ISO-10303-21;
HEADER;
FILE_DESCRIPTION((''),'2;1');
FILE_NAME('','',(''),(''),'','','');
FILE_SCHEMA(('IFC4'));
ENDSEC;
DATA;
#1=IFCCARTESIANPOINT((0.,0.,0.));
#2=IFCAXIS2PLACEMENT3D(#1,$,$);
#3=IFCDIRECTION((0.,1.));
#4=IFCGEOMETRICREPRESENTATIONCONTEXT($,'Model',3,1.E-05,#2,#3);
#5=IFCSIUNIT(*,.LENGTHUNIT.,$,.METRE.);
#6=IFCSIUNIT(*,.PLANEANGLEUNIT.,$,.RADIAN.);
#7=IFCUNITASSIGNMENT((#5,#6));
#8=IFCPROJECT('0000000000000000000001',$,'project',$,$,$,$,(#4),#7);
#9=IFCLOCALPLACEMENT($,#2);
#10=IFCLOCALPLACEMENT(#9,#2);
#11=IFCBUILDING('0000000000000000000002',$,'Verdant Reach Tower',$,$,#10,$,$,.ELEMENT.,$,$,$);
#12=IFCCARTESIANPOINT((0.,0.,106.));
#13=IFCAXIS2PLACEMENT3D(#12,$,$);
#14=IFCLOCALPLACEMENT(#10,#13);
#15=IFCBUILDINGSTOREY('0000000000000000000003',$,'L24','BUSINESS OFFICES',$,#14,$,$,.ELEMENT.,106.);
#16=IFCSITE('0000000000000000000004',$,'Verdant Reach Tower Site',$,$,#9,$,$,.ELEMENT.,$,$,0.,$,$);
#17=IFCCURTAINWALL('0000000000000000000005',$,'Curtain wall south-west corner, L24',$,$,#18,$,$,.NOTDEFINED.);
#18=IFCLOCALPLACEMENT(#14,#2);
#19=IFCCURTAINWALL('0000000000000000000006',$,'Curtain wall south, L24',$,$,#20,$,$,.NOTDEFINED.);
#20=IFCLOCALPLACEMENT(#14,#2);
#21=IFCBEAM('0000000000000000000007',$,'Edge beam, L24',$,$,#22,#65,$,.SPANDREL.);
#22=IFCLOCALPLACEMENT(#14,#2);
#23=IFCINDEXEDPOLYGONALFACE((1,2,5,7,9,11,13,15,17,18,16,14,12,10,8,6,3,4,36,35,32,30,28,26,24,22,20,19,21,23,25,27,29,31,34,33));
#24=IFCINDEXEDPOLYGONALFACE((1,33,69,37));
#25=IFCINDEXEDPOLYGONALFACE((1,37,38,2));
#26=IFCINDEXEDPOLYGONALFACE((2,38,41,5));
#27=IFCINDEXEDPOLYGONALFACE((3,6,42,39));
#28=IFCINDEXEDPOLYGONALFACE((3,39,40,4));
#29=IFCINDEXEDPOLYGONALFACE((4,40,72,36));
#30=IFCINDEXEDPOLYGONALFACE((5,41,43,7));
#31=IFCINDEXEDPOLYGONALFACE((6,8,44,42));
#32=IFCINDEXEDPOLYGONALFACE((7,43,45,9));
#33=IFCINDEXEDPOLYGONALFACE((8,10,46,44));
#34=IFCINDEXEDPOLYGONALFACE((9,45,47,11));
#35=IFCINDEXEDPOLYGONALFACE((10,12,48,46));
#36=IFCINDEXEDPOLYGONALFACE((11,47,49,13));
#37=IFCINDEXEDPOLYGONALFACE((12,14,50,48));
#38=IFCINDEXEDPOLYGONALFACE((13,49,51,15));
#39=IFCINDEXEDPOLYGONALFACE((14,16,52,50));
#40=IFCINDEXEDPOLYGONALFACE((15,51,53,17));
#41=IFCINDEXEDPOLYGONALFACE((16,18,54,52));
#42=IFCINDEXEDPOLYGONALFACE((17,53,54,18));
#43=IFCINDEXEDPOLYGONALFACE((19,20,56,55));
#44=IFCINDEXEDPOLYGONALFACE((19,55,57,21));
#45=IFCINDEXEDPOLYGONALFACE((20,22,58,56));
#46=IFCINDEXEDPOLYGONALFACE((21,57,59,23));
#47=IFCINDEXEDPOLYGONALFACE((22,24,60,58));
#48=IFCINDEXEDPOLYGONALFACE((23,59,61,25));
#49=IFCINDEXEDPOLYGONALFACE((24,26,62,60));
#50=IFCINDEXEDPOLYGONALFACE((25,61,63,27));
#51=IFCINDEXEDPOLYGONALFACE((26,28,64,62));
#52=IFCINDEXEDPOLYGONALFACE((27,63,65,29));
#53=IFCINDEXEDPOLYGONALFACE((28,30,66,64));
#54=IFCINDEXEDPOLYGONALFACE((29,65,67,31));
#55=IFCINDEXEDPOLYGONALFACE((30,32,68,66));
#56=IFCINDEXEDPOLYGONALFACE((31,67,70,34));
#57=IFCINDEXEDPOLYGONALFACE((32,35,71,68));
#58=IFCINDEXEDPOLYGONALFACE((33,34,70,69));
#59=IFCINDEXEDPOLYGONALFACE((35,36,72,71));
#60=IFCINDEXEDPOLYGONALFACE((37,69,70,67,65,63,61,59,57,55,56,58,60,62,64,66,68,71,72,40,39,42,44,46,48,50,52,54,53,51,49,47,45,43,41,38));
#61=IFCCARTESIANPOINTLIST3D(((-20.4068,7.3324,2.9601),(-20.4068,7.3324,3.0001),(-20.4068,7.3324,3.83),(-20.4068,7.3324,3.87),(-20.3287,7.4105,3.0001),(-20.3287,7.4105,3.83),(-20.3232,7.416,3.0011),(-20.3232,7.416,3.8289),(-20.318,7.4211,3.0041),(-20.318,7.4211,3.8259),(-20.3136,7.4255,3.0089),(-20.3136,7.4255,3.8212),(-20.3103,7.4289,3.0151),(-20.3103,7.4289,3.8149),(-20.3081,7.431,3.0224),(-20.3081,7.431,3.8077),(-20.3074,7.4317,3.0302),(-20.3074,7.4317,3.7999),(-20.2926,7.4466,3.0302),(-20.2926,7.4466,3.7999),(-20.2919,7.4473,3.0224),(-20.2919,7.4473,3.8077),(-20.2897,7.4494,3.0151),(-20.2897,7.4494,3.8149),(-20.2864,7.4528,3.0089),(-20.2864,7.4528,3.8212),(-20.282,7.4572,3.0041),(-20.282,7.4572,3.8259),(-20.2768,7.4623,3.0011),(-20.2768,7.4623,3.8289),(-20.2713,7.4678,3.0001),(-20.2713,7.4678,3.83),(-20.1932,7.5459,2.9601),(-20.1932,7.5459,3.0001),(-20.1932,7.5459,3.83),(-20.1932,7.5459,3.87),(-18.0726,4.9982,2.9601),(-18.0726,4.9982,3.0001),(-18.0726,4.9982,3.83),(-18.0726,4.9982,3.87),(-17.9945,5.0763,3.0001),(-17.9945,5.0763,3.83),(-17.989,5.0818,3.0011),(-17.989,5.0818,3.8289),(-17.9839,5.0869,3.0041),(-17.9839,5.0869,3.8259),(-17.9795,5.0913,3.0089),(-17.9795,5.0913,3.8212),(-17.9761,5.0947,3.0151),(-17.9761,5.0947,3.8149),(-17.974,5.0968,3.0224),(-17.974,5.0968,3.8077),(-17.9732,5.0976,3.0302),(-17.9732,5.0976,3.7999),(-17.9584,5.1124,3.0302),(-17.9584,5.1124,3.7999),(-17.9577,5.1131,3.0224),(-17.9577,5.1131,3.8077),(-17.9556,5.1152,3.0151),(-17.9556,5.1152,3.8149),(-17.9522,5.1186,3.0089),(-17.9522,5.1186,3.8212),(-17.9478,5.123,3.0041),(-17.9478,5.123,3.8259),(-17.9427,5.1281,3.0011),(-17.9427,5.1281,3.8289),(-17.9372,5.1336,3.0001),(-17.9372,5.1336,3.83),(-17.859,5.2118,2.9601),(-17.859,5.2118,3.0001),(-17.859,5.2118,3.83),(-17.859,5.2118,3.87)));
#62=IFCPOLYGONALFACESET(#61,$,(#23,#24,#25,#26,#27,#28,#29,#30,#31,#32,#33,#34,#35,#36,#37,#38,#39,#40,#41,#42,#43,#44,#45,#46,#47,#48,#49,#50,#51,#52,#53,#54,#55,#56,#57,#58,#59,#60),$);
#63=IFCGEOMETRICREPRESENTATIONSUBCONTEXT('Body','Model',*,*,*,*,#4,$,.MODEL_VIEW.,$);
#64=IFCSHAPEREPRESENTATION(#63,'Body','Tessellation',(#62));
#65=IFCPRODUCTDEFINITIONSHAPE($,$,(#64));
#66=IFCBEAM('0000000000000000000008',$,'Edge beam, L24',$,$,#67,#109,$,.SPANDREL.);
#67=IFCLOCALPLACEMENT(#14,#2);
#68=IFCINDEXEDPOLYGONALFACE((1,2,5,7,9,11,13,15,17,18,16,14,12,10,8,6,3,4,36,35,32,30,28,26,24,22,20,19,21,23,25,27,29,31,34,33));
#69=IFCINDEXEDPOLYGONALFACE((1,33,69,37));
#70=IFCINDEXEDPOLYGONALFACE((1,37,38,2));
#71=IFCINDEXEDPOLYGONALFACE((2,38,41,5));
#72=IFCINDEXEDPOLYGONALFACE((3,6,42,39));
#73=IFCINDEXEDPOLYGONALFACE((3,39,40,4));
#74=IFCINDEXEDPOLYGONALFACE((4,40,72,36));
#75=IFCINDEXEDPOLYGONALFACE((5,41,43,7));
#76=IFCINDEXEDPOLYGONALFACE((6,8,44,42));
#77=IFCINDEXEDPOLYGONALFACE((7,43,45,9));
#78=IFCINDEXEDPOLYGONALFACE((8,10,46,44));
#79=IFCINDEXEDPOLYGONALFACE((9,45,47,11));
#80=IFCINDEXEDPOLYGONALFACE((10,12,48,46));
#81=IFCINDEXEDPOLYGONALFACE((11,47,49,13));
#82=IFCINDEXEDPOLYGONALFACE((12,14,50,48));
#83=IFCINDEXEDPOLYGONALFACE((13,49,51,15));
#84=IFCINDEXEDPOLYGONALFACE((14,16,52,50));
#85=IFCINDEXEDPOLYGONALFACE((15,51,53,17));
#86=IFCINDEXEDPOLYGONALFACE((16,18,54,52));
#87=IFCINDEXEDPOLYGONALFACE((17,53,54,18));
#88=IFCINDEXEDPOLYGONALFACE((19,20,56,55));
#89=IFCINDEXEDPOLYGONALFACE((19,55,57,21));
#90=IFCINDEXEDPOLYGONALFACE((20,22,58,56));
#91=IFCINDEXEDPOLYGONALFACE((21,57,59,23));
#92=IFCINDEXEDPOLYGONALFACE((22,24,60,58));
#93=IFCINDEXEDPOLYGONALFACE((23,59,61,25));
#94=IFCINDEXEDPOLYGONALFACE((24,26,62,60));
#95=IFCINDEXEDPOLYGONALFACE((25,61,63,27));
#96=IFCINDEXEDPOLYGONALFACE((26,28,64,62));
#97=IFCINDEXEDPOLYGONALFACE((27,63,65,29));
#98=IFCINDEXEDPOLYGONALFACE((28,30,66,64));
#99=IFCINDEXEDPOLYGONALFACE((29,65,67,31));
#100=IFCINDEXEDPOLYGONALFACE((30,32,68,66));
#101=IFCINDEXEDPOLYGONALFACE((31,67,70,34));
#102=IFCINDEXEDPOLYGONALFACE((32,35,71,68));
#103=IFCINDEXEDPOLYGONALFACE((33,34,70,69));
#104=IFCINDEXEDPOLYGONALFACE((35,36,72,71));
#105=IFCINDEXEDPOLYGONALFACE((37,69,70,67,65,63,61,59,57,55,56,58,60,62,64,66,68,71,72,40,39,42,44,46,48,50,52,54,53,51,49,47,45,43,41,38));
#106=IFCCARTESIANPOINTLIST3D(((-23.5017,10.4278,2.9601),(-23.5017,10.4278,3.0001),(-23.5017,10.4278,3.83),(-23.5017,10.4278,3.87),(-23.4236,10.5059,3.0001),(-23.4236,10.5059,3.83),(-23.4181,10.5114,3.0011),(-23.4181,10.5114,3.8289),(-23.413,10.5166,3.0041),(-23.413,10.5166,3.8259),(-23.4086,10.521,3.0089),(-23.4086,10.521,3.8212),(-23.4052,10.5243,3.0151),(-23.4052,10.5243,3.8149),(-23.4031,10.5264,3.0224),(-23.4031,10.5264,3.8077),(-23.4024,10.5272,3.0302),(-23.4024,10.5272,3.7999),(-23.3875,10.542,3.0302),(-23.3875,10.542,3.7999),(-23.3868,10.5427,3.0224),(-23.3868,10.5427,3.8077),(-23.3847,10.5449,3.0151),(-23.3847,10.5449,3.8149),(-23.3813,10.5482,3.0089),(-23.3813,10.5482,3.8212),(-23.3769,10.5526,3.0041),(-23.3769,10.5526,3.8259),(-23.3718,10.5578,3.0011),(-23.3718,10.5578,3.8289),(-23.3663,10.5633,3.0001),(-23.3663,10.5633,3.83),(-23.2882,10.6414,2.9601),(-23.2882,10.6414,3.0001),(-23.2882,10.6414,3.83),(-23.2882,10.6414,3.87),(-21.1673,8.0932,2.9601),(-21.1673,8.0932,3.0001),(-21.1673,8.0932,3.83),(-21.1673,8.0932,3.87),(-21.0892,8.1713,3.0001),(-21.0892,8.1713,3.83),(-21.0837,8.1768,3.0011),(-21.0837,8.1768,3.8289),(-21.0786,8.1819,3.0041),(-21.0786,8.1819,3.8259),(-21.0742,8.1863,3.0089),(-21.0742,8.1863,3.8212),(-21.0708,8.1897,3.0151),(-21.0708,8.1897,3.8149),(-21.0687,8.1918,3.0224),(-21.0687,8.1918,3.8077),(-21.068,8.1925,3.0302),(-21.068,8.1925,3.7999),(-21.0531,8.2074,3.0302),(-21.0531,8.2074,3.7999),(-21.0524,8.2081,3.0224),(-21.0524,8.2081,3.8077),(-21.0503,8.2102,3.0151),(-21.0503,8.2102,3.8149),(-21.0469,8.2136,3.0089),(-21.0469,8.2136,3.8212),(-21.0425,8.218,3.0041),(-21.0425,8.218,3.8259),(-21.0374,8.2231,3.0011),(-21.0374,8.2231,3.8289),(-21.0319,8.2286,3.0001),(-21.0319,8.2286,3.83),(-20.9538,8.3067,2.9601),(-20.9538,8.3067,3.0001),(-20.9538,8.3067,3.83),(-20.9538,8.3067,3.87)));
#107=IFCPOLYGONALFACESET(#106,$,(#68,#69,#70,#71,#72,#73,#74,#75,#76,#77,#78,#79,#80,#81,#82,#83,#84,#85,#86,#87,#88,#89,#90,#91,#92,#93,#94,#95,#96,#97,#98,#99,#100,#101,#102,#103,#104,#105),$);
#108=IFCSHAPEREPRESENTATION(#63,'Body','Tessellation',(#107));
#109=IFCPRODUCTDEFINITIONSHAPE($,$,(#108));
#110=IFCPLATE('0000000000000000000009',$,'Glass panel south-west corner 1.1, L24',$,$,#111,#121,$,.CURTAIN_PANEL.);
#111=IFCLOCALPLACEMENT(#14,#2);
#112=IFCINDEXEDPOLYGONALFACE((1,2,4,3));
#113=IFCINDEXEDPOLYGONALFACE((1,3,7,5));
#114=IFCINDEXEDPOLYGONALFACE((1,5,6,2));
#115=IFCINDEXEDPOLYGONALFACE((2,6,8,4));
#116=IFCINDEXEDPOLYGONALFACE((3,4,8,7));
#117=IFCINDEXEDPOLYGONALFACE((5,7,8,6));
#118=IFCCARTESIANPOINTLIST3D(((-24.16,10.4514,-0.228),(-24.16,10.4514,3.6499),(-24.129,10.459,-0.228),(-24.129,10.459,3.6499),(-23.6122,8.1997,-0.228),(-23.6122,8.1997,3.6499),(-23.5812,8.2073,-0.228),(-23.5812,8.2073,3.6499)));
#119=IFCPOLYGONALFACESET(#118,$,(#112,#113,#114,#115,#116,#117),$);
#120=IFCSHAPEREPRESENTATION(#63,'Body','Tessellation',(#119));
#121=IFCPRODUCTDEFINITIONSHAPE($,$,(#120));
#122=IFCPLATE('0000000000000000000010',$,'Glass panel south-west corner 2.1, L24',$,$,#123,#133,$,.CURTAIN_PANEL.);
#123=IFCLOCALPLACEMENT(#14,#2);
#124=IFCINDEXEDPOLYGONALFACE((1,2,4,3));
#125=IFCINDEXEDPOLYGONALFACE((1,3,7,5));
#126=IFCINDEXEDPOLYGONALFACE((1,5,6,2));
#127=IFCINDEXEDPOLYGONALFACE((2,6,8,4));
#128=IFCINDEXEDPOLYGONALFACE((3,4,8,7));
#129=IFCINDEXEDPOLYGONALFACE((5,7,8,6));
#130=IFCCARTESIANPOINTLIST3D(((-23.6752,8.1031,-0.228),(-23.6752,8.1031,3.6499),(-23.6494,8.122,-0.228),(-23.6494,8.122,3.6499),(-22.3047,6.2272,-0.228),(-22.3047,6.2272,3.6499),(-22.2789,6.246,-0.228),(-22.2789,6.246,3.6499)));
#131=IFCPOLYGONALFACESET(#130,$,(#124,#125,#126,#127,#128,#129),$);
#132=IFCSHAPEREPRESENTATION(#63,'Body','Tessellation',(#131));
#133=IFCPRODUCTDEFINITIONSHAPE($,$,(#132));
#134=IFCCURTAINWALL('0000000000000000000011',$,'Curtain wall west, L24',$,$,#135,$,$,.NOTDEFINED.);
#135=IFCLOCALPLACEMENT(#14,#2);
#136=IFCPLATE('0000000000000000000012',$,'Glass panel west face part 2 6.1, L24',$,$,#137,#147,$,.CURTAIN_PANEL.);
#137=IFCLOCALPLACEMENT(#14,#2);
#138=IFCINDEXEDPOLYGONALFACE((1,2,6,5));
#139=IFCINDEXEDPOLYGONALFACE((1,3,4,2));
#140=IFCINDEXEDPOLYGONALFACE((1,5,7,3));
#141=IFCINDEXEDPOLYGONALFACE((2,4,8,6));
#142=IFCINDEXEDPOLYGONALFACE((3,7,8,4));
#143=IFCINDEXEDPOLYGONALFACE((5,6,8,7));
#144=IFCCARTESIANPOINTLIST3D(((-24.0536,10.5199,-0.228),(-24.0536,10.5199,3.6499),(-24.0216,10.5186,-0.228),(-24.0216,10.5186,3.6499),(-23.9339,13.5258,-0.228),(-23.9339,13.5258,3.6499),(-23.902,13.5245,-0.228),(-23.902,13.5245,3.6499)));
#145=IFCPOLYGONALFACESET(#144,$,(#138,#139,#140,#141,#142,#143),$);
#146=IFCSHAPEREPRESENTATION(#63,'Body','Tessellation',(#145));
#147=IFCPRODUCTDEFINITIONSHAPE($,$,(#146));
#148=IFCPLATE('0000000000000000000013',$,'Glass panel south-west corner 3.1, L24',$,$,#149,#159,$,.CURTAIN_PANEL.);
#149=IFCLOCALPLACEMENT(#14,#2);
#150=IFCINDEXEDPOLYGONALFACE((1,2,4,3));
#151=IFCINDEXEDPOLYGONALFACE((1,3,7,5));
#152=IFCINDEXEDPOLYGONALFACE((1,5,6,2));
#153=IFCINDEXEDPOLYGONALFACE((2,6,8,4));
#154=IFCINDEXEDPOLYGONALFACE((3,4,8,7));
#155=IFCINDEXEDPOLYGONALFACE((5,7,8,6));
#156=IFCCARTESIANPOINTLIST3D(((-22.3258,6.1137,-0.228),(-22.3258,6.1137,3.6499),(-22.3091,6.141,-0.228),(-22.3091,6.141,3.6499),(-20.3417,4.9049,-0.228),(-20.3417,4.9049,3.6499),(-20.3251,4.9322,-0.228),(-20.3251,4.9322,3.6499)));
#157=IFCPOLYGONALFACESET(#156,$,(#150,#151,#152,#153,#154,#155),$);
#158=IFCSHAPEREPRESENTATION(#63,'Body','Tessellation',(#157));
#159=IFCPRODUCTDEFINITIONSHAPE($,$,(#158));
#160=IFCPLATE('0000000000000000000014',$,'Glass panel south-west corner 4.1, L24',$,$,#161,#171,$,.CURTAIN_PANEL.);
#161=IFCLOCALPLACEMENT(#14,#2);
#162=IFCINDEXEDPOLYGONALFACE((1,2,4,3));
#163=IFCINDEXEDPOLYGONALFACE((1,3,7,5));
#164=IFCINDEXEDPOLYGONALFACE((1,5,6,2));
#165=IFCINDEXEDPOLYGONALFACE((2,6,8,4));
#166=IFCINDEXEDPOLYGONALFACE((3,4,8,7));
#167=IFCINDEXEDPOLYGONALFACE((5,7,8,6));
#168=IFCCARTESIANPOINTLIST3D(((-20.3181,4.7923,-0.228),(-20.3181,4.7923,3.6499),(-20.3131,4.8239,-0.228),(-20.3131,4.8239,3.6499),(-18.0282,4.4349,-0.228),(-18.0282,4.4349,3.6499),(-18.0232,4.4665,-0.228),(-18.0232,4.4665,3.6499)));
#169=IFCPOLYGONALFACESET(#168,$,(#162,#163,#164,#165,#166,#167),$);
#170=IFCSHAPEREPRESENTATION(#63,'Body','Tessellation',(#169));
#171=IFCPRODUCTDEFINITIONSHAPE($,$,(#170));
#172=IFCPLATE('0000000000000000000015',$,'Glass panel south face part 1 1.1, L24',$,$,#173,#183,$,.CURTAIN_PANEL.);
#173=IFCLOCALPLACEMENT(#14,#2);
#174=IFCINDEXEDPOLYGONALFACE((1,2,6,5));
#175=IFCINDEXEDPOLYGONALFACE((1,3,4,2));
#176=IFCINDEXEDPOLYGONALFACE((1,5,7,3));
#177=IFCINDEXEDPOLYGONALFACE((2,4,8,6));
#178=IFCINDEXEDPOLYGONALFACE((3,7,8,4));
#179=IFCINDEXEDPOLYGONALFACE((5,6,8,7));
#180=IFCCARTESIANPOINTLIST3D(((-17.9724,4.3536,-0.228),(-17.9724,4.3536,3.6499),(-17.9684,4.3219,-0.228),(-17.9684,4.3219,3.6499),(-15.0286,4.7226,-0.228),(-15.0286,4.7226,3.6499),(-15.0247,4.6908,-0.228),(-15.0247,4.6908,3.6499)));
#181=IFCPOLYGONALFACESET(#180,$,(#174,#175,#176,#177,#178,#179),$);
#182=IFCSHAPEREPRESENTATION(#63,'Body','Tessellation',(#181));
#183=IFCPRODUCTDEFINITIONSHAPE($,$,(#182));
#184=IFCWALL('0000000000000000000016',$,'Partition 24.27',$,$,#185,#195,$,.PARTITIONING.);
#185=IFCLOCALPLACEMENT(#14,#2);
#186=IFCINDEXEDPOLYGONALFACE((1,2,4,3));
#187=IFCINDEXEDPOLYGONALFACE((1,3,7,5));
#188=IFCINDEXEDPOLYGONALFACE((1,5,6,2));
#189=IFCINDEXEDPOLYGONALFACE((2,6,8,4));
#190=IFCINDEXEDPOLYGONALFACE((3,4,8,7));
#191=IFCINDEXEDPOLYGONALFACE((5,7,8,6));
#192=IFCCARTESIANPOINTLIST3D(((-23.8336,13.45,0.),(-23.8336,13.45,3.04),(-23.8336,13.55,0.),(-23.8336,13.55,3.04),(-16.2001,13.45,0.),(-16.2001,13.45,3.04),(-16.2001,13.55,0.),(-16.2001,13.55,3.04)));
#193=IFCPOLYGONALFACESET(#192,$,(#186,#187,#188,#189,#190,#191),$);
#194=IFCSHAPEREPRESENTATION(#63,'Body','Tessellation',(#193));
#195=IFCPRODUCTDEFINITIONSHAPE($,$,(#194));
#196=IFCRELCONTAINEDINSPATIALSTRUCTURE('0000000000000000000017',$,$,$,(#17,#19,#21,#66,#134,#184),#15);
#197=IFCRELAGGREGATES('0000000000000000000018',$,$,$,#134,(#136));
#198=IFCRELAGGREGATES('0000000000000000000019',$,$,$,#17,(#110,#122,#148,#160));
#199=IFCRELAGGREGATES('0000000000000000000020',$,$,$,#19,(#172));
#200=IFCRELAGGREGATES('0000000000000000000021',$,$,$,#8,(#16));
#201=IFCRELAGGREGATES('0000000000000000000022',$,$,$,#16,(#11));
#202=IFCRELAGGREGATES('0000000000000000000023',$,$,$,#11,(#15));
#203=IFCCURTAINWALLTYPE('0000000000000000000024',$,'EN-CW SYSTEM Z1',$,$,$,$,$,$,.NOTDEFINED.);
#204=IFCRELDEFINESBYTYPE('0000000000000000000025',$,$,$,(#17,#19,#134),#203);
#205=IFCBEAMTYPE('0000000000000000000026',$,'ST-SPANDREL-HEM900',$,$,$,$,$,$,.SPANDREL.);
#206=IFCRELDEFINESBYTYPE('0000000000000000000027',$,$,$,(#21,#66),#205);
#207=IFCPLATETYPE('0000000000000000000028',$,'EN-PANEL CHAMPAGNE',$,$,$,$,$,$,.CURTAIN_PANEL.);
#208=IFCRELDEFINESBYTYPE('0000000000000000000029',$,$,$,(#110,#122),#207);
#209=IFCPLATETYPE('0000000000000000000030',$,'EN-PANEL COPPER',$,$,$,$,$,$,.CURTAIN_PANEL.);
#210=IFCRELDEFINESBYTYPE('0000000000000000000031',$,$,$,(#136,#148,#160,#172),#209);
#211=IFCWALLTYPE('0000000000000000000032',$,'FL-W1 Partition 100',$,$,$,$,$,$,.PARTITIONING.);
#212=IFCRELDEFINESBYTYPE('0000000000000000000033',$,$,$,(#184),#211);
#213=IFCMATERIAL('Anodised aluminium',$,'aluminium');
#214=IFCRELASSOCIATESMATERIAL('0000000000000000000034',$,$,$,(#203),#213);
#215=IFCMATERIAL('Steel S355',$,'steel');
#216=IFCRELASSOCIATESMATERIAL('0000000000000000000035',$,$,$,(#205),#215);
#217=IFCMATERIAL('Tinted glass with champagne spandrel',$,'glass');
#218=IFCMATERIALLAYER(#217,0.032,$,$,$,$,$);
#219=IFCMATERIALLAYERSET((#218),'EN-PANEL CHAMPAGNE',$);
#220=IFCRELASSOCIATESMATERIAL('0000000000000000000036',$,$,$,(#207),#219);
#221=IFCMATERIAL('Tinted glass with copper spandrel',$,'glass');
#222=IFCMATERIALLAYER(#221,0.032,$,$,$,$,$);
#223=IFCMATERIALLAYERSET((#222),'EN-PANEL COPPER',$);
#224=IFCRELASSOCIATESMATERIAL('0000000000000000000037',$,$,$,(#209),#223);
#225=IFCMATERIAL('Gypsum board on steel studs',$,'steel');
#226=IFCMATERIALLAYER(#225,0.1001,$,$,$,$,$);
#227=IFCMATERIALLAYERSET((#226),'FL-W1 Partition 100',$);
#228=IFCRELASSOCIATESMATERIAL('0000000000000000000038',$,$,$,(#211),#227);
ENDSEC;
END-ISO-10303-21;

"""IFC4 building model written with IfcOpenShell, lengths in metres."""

from ifc_helpers import new_model, si_unit, direction, frame, frame_2d, origin, origin_2d, place, context, subcontext, project, spatial, rectangle, i_section, extrude, material, layer, layer_set, material_profile, profile_set, type_object, element, aggregate, save


model = new_model("IFC4")

# Units and contexts
model_context = context("Model", 3, precision=1e-05, world=origin(), true_north=direction((0.0, 1.0)))
body_context = subcontext(model_context, "Body", "Model", "MODEL_VIEW")
ifc_project = project(units=[si_unit("LENGTHUNIT", "METRE"), si_unit("PLANEANGLEUNIT", "RADIAN")], contexts=[model_context])

# Site, building, storey
site_placement = place(None, origin())
site = spatial("IfcSite", under=ifc_project, at=site_placement, Name="Verdant Reach Tower Site", CompositionType="ELEMENT", RefElevation=0.0)
building_placement = place(site_placement, origin())
building = spatial("IfcBuilding", under=site, at=building_placement, Name="Verdant Reach Tower", CompositionType="ELEMENT")
storey_placement = place(building_placement, frame((0.0, 0.0, 106.0)))
storey = spatial("IfcBuildingStorey", under=building, at=storey_placement, Name="L24", Description="BUSINESS OFFICES", CompositionType="ELEMENT", Elevation=106.0)

# Curtain walls
ifc_material_1 = material(Name="Anodised aluminium", Category="aluminium")
curtain_wall_type = type_object("IfcCurtainWallType", Name="EN-CW SYSTEM Z1", PredefinedType="NOTDEFINED", material=ifc_material_1)
curtain_wall_1_placement = place(storey_placement, origin())
curtain_wall_1 = element("IfcCurtainWall", 1, at=curtain_wall_1_placement, inside=storey, type_object=curtain_wall_type, Name="Curtain wall south-west corner, L24", PredefinedType="NOTDEFINED")
curtain_wall_2_placement = place(storey_placement, origin())
curtain_wall_2 = element("IfcCurtainWall", 2, at=curtain_wall_2_placement, inside=storey, type_object=curtain_wall_type, Name="Curtain wall south, L24", PredefinedType="NOTDEFINED")

# Beams
ifc_material_2 = material(Name="Steel S355", Category="steel")
ifc_material_profile_1 = material_profile(ifc_material_2, i_section(OverallWidth=0.302, OverallDepth=0.9099, WebThickness=0.021, FlangeThickness=0.04, FilletRadius=0.03, at=origin_2d()), Name="HEM 900")
ifc_profile_set_1 = profile_set([ifc_material_profile_1], Name="Steel S355")
beam_type_1 = type_object("IfcBeamType", Name="ST-SPANDREL-HEM900", PredefinedType="SPANDREL", material=ifc_profile_set_1)
beam_1_placement = place(storey_placement, frame((-17.9658, 5.105, 3.415), z_axis=(-0.707107, 0.707107, 0.0), x_axis=(-0.707107, -0.707107, 0.0)))
element("IfcBeam", 3, at=beam_1_placement, inside=storey, type_object=beam_type_1, Name="Edge beam, L24", PredefinedType="SPANDREL", context=body_context, shape_type="SweptSolid", body=[
    extrude(i_section(OverallWidth=0.302, OverallDepth=0.9099, WebThickness=0.021, FlangeThickness=0.04, FilletRadius=0.03, at=origin_2d()), origin(), (0.0, 0.0, 1.0), 3.301),
])
beam_2_placement = place(storey_placement, frame((-21.0605, 8.2, 3.415), z_axis=(-0.70707, 0.707144, 0.0), x_axis=(-0.707144, -0.70707, 0.0)))
element("IfcBeam", 4, at=beam_2_placement, inside=storey, type_object=beam_type_1, Name="Edge beam, L24", PredefinedType="SPANDREL", context=body_context, shape_type="SweptSolid", body=[
    extrude(i_section(OverallWidth=0.302, OverallDepth=0.9099, WebThickness=0.021, FlangeThickness=0.04, FilletRadius=0.03, at=origin_2d()), origin(), (0.0, 0.0, 1.0), 3.3015),
])

# Plates
ifc_material_3 = material(Name="Tinted glass with champagne spandrel", Category="glass")
ifc_layer_1 = layer(ifc_material_3, 0.032)
ifc_layer_set_1 = layer_set([ifc_layer_1], Name="EN-PANEL CHAMPAGNE")
plate_type_1 = type_object("IfcPlateType", Name="EN-PANEL CHAMPAGNE", PredefinedType="CURTAIN_PANEL", material=ifc_layer_set_1)
plate_1_placement = place(storey_placement, frame((-23.8706, 9.3293, -0.228), z_axis=(0.0, 0.0, 1.0), x_axis=(0.236383, -0.97166, 0.0)))
plate_1 = element("IfcPlate", 5, at=plate_1_placement, type_object=plate_type_1, Name="Glass panel south-west corner 1.1, L24", PredefinedType="CURTAIN_PANEL", context=body_context, shape_type="SweptSolid", body=[
    extrude(rectangle(XDim=2.3174, YDim=0.032, at=origin_2d()), origin(), (0.0, 0.0, 1.0), 3.8779),
])
plate_2_placement = place(storey_placement, frame((-22.9771, 7.1746, -0.228), z_axis=(0.0, 0.0, 1.0), x_axis=(0.589927, -0.807457, 0.0)))
plate_2 = element("IfcPlate", 6, at=plate_2_placement, type_object=plate_type_1, Name="Glass panel south-west corner 2.1, L24", PredefinedType="CURTAIN_PANEL", context=body_context, shape_type="SweptSolid", body=[
    extrude(rectangle(XDim=2.3232, YDim=0.032, at=origin_2d()), origin(), (0.0, 0.0, 1.0), 3.8779),
])

# Curtain wall, plate
curtain_wall_3_placement = place(storey_placement, origin())
curtain_wall_3 = element("IfcCurtainWall", 7, at=curtain_wall_3_placement, inside=storey, type_object=curtain_wall_type, Name="Curtain wall west, L24", PredefinedType="NOTDEFINED")
ifc_material_4 = material(Name="Tinted glass with copper spandrel", Category="glass")
ifc_layer_2 = layer(ifc_material_4, 0.032)
ifc_layer_set_2 = layer_set([ifc_layer_2], Name="EN-PANEL COPPER")
plate_type_2 = type_object("IfcPlateType", Name="EN-PANEL COPPER", PredefinedType="CURTAIN_PANEL", material=ifc_layer_set_2)
plate_3_placement = place(storey_placement, frame((-23.9778, 12.0222, -0.228), z_axis=(0.0, 0.0, 1.0), x_axis=(-0.039784, -0.999208, 0.0)))
plate_3 = element("IfcPlate", 8, at=plate_3_placement, type_object=plate_type_2, Name="Glass panel west face part 2 6.1, L24", PredefinedType="CURTAIN_PANEL", context=body_context, shape_type="SweptSolid", body=[
    extrude(rectangle(XDim=3.0083, YDim=0.032, at=origin_2d()), origin(), (0.0, 0.0, 1.0), 3.8779),
])
aggregate(curtain_wall_3, [plate_3])

# Plates
plate_4_placement = place(storey_placement, frame((-21.3254, 5.5229, -0.228), z_axis=(0.0, 0.0, 1.0), x_axis=(0.853989, -0.520292, 0.0)))
plate_4 = element("IfcPlate", 9, at=plate_4_placement, type_object=plate_type_2, Name="Glass panel south-west corner 3.1, L24", PredefinedType="CURTAIN_PANEL", context=body_context, shape_type="SweptSolid", body=[
    extrude(rectangle(XDim=2.3232, YDim=0.032, at=origin_2d()), origin(), (0.0, 0.0, 1.0), 3.8779),
])
plate_5_placement = place(storey_placement, frame((-19.1707, 4.6294, -0.228), z_axis=(0.0, 0.0, 1.0), x_axis=(0.988033, -0.154245, 0.0)))
plate_5 = element("IfcPlate", 10, at=plate_5_placement, type_object=plate_type_2, Name="Glass panel south-west corner 4.1, L24", PredefinedType="CURTAIN_PANEL", context=body_context, shape_type="SweptSolid", body=[
    extrude(rectangle(XDim=2.3176, YDim=0.032, at=origin_2d()), origin(), (0.0, 0.0, 1.0), 3.8779),
])
aggregate(curtain_wall_1, [plate_1, plate_2, plate_4, plate_5])
plate_6_placement = place(storey_placement, frame((-16.4985, 4.5222, -0.228), z_axis=(0.0, 0.0, 1.0), x_axis=(0.992235, 0.124374, 0.0)))
plate_6 = element("IfcPlate", 11, at=plate_6_placement, type_object=plate_type_2, Name="Glass panel south face part 1 1.1, L24", PredefinedType="CURTAIN_PANEL", context=body_context, shape_type="SweptSolid", body=[
    extrude(rectangle(XDim=2.9668, YDim=0.032, at=origin_2d()), origin(), (0.0, 0.0, 1.0), 3.8779),
])
aggregate(curtain_wall_2, [plate_6])

# Wall
ifc_material_5 = material(Name="Gypsum board on steel studs", Category="steel")
ifc_layer_3 = layer(ifc_material_5, 0.1001)
ifc_layer_set_3 = layer_set([ifc_layer_3], Name="FL-W1 Partition 100")
wall_type_1 = type_object("IfcWallType", Name="FL-W1 Partition 100", PredefinedType="PARTITIONING", material=ifc_layer_set_3)
wall_1_placement = place(storey_placement, frame((-16.2, 13.5, 0.0), z_axis=(0.0, 0.0, 1.0), x_axis=(-1.0, 0.0, 0.0)))
element("IfcWall", 12, at=wall_1_placement, inside=storey, type_object=wall_type_1, Name="Partition 24.27", PredefinedType="PARTITIONING", context=body_context, shape_type="SweptSolid", body=[
    extrude(rectangle(XDim=7.6335, YDim=0.1001, at=frame_2d((3.8169, 0.0))), origin(), (0.0, 0.0, 1.0), 3.04),
])

save(model, "model.ifc")
